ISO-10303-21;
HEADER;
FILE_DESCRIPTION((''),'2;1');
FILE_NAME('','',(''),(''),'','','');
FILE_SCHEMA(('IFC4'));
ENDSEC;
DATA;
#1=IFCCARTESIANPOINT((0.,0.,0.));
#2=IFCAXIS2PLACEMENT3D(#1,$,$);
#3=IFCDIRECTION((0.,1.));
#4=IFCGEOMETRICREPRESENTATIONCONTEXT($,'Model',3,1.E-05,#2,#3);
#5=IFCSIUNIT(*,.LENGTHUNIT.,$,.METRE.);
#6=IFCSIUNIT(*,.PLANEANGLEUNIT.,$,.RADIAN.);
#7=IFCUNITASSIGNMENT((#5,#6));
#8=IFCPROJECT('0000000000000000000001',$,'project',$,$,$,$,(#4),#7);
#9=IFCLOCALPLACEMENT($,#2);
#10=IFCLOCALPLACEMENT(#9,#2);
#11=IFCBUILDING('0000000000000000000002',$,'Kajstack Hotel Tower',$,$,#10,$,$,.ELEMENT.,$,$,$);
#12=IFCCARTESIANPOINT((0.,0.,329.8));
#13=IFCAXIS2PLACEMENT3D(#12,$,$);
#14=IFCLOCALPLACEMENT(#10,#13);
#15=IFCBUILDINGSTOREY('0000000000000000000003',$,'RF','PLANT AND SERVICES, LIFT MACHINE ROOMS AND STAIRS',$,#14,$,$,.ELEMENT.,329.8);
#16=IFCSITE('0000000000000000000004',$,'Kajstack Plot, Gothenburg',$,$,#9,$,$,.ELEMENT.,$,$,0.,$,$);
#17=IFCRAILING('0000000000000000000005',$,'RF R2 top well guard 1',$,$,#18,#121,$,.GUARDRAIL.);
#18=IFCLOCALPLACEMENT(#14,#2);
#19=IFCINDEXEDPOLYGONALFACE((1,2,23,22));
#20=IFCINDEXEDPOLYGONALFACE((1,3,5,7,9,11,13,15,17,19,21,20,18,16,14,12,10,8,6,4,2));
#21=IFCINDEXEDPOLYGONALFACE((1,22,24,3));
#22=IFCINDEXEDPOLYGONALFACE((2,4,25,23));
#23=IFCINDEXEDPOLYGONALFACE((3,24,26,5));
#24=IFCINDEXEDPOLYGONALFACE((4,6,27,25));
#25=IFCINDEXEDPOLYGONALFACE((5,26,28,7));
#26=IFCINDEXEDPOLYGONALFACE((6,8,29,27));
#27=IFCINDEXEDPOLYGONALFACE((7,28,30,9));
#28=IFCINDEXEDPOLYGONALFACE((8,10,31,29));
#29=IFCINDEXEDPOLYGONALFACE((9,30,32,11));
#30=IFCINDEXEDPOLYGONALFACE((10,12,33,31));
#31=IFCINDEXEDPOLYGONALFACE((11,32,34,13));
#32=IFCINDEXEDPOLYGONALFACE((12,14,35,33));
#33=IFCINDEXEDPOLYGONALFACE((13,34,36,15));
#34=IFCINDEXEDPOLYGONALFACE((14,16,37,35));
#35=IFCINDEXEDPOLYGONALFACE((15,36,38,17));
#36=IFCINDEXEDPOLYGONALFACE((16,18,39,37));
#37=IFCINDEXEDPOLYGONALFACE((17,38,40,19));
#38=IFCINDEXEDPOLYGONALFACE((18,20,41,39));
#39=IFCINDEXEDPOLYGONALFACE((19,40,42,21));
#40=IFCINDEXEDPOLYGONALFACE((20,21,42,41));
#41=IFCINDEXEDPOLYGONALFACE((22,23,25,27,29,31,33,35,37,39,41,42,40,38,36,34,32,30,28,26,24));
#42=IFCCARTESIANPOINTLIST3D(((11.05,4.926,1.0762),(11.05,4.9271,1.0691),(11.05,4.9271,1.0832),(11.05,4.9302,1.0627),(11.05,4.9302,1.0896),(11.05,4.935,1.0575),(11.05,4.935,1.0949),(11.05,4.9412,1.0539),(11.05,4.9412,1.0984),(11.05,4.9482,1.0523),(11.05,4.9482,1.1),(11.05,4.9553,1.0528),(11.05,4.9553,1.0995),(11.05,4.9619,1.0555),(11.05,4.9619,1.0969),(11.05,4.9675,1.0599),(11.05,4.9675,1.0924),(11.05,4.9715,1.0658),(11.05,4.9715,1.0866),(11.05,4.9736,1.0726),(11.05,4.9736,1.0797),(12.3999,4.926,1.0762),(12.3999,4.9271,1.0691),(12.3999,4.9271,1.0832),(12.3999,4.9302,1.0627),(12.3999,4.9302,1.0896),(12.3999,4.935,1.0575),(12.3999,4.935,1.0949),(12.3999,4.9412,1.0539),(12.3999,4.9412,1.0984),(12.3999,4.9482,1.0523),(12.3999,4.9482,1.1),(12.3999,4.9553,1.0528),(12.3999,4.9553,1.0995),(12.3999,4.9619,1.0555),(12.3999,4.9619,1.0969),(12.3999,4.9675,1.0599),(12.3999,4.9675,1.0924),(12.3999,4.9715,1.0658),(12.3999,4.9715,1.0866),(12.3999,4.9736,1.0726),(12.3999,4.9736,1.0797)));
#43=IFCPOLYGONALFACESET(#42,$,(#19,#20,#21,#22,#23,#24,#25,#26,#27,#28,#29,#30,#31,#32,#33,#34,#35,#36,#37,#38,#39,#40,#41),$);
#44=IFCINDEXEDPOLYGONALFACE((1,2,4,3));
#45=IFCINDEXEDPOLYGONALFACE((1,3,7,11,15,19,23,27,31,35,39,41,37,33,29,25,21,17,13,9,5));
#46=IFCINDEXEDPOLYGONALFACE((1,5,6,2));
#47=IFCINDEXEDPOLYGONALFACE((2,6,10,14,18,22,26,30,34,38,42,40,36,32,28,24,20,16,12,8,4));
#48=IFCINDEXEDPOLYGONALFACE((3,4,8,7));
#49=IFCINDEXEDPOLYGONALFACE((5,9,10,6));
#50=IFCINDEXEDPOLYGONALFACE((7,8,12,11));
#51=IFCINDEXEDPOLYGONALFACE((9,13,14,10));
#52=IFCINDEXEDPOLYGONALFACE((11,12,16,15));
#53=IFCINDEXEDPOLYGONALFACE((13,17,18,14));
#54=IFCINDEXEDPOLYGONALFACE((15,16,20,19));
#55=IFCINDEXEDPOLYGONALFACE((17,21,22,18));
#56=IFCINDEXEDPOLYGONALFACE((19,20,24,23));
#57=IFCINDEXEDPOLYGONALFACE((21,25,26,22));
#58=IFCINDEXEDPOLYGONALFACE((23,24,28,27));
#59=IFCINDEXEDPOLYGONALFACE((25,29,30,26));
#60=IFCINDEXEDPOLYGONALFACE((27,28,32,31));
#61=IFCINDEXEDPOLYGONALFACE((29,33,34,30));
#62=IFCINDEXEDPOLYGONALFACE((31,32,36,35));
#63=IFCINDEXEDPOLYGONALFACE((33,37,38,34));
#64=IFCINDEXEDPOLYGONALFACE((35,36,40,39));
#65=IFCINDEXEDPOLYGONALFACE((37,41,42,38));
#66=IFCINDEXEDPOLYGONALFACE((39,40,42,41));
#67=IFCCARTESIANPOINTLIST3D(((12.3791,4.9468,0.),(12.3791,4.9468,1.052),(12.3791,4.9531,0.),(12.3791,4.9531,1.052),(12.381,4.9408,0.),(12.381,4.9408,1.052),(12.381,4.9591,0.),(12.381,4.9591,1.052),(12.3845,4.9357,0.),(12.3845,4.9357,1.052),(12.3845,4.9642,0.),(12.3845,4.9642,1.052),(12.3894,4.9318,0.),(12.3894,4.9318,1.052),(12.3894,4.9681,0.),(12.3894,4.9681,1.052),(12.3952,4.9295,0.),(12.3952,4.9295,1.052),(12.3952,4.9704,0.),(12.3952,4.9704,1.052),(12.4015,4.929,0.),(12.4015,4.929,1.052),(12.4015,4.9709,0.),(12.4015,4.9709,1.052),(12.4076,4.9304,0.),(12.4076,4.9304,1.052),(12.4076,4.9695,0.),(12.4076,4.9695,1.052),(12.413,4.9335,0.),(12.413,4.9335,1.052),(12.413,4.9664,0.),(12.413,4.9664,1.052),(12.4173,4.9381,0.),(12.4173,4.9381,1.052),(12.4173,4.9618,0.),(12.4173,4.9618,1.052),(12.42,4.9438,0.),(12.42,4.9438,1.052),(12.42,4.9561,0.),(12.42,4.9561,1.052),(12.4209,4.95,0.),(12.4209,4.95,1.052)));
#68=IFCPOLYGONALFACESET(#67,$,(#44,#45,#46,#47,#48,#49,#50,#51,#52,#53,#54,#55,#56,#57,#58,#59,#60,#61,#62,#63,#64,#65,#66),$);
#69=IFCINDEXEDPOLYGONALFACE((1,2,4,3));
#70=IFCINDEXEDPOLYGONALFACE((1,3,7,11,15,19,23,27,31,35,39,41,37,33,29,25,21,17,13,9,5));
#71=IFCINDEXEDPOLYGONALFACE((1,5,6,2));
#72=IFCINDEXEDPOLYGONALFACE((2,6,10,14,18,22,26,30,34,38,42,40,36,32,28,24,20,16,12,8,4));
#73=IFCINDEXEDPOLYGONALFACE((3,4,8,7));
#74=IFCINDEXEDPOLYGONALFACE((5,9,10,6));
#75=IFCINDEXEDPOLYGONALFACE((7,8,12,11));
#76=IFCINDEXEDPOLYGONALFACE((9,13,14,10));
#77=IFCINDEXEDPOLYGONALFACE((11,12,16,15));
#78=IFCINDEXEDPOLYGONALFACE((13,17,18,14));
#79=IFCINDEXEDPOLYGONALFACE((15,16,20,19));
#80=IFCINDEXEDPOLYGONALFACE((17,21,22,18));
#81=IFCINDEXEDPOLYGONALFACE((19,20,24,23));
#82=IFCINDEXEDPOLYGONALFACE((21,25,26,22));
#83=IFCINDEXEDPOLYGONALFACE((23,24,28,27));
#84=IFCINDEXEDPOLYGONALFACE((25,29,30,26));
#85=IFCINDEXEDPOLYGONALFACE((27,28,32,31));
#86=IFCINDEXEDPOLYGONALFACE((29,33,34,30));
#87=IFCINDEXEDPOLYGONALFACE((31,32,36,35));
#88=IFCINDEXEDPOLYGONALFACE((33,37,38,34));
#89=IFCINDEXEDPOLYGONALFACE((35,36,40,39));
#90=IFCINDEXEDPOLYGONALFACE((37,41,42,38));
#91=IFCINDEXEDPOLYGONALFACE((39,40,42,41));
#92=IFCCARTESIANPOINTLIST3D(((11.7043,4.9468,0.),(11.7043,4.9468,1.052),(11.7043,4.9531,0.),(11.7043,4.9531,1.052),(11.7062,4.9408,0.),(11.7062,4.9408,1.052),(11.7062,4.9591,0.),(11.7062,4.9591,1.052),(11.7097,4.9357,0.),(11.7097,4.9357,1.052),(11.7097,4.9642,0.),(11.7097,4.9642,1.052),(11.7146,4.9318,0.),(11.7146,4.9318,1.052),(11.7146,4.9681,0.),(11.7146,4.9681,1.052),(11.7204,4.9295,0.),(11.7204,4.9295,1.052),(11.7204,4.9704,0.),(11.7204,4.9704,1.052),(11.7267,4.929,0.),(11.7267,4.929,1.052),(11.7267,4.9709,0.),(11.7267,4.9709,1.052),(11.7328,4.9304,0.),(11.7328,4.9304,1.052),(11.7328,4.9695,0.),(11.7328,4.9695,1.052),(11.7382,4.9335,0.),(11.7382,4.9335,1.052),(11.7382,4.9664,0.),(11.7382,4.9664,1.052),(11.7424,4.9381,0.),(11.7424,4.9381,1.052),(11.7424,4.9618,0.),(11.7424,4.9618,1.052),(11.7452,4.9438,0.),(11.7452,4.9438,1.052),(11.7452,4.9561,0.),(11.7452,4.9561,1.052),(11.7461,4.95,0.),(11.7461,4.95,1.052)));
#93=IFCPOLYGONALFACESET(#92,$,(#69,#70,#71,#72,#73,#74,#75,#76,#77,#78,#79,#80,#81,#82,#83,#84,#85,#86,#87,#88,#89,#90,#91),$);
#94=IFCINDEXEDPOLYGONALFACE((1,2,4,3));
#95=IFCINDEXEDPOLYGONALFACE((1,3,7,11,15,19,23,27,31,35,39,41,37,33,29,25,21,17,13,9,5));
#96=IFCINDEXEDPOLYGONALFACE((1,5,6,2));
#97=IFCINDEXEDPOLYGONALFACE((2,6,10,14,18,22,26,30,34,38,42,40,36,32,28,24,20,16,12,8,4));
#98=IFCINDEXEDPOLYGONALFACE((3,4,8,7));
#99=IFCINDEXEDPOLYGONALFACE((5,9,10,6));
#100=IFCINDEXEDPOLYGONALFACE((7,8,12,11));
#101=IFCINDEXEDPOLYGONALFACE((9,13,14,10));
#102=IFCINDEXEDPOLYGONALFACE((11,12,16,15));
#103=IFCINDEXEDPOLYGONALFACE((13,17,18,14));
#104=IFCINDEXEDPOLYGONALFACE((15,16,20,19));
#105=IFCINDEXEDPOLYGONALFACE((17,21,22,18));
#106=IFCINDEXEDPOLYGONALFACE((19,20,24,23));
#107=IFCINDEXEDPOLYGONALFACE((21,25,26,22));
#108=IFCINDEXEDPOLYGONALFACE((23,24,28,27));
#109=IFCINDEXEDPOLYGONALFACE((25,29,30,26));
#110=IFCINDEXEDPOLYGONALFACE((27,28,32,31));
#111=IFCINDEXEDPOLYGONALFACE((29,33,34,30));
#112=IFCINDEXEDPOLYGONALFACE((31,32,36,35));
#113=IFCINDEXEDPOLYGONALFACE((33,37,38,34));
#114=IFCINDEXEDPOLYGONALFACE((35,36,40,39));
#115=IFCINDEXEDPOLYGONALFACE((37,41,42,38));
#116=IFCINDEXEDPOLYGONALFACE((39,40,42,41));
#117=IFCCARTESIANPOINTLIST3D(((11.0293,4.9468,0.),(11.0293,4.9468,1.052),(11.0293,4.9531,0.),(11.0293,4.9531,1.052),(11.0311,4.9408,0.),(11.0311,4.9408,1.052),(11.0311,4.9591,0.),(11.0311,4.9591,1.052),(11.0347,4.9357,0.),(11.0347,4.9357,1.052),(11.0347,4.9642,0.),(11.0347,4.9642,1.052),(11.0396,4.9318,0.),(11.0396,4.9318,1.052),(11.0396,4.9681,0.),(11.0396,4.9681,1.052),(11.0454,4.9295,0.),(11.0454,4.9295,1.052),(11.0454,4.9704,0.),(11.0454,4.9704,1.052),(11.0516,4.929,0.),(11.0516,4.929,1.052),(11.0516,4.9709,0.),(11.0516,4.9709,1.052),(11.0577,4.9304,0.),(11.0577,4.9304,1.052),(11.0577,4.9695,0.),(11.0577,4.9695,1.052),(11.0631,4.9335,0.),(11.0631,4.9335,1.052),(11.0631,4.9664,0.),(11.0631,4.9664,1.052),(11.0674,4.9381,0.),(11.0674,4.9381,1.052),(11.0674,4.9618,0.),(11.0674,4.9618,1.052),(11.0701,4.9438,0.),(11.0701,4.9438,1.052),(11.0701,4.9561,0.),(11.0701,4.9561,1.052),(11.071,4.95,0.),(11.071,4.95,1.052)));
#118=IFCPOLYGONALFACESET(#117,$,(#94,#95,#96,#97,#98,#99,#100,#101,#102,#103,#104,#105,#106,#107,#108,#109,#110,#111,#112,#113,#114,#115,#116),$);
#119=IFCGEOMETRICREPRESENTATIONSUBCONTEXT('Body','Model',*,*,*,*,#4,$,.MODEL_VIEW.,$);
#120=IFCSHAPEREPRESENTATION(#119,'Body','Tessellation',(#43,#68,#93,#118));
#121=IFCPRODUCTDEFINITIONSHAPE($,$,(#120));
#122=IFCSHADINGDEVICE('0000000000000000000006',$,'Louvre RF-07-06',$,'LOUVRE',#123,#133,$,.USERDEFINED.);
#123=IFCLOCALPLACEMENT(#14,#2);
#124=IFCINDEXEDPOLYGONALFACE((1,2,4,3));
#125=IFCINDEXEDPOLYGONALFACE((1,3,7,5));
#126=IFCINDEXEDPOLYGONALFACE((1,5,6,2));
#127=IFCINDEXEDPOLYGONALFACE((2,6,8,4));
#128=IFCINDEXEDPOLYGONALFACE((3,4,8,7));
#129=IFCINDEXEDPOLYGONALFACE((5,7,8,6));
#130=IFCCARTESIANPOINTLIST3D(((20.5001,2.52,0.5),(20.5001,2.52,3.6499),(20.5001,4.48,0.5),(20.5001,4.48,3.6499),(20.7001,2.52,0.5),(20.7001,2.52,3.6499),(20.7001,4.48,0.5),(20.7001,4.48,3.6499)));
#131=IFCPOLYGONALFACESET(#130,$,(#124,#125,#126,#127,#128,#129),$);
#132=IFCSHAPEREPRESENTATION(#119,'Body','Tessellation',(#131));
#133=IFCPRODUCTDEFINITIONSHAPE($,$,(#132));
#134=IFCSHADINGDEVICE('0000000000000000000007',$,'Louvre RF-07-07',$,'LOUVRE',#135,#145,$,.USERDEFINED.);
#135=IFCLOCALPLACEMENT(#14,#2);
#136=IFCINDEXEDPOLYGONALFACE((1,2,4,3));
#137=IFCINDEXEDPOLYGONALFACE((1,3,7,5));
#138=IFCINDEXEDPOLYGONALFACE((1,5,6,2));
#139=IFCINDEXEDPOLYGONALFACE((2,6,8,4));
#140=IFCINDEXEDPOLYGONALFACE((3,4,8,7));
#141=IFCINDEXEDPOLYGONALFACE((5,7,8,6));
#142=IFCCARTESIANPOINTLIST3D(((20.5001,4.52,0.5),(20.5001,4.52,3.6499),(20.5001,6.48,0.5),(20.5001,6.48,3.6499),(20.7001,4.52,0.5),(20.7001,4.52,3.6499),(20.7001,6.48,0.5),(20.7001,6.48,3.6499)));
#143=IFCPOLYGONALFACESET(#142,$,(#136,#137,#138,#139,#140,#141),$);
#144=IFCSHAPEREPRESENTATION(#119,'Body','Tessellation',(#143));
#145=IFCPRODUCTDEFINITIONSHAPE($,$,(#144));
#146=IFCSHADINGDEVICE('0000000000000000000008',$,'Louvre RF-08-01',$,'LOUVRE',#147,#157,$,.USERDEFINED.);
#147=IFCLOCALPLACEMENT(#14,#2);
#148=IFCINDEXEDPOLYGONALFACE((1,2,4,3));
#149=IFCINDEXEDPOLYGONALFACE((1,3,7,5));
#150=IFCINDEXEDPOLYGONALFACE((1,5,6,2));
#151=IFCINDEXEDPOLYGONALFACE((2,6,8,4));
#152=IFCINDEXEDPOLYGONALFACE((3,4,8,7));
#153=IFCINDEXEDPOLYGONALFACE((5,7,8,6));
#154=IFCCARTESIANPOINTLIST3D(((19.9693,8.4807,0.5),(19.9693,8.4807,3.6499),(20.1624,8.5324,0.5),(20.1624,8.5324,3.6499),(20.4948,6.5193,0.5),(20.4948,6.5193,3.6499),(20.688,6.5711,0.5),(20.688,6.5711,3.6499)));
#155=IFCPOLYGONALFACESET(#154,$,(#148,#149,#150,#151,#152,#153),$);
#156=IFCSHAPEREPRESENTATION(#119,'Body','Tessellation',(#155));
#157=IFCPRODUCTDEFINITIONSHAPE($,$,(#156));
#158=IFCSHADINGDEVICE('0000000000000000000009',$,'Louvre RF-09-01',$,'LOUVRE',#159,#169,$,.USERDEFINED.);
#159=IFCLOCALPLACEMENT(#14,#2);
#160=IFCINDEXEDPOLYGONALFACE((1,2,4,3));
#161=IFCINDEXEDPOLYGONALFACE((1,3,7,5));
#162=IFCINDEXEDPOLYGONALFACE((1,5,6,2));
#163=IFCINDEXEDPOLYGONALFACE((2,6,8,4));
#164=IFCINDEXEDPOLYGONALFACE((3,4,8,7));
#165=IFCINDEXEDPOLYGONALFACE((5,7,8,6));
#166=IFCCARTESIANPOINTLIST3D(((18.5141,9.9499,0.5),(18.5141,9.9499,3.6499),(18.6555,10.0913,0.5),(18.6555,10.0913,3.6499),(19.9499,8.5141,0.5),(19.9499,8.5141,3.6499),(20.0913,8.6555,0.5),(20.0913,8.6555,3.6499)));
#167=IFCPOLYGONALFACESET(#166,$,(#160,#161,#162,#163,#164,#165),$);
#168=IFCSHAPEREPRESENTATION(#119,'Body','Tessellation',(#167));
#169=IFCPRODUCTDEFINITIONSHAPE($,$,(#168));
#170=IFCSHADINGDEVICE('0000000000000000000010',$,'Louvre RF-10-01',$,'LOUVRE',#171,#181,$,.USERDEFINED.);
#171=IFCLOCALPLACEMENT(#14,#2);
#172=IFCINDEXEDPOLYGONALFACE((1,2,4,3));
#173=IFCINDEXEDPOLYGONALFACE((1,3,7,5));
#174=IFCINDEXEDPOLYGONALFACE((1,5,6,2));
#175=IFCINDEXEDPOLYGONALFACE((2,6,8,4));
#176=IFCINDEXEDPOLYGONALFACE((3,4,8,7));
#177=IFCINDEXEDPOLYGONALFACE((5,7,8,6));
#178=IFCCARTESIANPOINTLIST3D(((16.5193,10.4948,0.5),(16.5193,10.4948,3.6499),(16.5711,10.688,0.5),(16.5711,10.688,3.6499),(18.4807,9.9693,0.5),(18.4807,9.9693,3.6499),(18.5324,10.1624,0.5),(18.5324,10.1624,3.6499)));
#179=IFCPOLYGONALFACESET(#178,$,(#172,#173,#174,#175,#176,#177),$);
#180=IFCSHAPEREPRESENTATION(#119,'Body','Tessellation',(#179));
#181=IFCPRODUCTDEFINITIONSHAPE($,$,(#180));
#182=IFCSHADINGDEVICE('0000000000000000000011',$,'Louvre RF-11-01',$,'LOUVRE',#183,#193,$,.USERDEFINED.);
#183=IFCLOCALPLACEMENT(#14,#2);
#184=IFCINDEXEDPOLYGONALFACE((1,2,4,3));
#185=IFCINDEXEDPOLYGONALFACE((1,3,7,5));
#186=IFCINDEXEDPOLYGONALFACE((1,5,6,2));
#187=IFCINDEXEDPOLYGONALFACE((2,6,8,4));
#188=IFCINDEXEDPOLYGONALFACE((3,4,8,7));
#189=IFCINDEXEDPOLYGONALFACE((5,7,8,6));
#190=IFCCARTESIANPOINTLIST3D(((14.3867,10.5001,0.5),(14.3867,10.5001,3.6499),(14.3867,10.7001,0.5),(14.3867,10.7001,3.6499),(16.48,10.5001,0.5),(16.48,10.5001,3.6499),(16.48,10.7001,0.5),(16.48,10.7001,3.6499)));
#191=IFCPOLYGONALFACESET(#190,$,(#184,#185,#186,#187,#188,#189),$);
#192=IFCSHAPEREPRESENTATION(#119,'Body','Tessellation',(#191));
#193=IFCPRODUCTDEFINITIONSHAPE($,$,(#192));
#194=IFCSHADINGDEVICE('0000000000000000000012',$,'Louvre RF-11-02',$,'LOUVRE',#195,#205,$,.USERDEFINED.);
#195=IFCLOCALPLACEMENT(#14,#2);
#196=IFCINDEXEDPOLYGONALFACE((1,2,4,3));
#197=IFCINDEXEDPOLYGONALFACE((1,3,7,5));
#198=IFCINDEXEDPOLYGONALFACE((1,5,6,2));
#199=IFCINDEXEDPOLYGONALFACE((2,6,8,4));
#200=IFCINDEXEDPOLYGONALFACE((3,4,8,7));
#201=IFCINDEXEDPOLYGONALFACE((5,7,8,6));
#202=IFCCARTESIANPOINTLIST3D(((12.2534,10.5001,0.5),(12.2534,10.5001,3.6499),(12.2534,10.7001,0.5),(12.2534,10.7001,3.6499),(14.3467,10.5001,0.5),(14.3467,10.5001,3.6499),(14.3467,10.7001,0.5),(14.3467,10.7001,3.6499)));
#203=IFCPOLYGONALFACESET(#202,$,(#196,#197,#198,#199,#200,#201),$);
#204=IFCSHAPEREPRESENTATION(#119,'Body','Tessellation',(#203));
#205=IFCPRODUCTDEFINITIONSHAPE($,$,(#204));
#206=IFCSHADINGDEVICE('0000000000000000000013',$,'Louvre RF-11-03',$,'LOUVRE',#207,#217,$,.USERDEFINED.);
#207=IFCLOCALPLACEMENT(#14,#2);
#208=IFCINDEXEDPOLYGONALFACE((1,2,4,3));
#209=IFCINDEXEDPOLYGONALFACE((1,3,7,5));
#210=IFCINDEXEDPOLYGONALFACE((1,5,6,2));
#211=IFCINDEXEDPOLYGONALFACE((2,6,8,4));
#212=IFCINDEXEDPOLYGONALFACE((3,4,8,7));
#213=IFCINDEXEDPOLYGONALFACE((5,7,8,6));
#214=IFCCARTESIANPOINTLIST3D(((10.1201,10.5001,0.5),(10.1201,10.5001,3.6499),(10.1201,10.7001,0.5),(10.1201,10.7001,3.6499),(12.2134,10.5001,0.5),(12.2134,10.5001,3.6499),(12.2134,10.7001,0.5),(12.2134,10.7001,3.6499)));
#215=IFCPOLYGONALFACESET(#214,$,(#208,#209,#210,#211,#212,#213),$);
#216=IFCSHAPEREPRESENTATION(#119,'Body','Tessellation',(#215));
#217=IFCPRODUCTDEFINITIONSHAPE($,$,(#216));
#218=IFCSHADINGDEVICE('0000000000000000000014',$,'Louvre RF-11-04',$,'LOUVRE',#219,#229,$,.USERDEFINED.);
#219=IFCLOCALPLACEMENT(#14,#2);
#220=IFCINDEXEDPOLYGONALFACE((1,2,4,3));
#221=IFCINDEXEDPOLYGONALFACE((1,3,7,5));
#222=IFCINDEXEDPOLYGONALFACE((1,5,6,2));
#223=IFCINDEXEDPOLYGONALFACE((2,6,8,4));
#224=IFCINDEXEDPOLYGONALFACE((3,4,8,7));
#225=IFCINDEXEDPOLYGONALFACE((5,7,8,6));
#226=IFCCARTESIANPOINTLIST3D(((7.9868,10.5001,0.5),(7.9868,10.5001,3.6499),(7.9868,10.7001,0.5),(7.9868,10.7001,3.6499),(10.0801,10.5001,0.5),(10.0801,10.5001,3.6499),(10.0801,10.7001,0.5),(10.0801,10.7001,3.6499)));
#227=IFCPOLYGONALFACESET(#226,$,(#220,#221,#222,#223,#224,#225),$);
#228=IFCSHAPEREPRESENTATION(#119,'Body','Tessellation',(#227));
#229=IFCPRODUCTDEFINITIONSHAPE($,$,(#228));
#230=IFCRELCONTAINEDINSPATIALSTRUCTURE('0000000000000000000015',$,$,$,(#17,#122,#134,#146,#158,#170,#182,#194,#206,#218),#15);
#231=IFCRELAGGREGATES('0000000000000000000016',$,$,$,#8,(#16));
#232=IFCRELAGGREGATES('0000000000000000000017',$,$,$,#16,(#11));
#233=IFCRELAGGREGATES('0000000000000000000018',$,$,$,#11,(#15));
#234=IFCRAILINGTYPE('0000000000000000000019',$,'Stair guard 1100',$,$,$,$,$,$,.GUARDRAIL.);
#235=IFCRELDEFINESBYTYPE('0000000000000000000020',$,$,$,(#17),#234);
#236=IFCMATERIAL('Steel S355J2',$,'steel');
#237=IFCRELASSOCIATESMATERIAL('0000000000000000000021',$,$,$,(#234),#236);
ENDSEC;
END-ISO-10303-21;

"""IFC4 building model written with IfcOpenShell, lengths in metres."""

from ifc_helpers import new_model, si_unit, direction, frame, origin, origin_2d, place, context, subcontext, project, spatial, rectangle, circle, extrude, material, type_object, element, save


model = new_model("IFC4")

# Units and contexts
model_context = context("Model", 3, precision=1e-05, world=origin(), true_north=direction((0.0, 1.0)))
body_context = subcontext(model_context, "Body", "Model", "MODEL_VIEW")
ifc_project = project(units=[si_unit("LENGTHUNIT", "METRE"), si_unit("PLANEANGLEUNIT", "RADIAN")], contexts=[model_context])

# Site, building, storey
site_placement = place(None, origin())
site = spatial("IfcSite", under=ifc_project, at=site_placement, Name="Kajstack Plot, Gothenburg", CompositionType="ELEMENT", RefElevation=0.0)
building_placement = place(site_placement, origin())
building = spatial("IfcBuilding", under=site, at=building_placement, Name="Kajstack Hotel Tower", CompositionType="ELEMENT")
storey_placement = place(building_placement, frame((0.0, 0.0, 329.8)))
storey = spatial("IfcBuildingStorey", under=building, at=storey_placement, Name="RF", Description="PLANT AND SERVICES, LIFT MACHINE ROOMS AND STAIRS", CompositionType="ELEMENT", Elevation=329.8)

# Shared definitions
ifc_material_1 = material(Name="Steel S355J2", Category="steel")

# Railing
railing_type = type_object("IfcRailingType", Name="Stair guard 1100", PredefinedType="GUARDRAIL", material=ifc_material_1)
railing_placement = place(storey_placement, frame((12.3999, 4.95, 0.0)))
element("IfcRailing", 1, at=railing_placement, inside=storey, type_object=railing_type, Name="RF R2 top well guard 1", PredefinedType="GUARDRAIL", context=body_context, shape_type="SweptSolid", body=[
    extrude(circle(Radius=0.0239, at=origin_2d()), frame((0.0, 0.0, 1.0762), z_axis=(-1.0, 0.0, 0.0), x_axis=(0.0, -1.0, 0.0)), (0.0, 0.0, 1.0), 1.3499),
    extrude(circle(Radius=0.021, at=origin_2d()), origin(), (0.0, 0.0, 1.0), 1.052),
    extrude(circle(Radius=0.021, at=origin_2d()), frame((-0.6748, 0.0, 0.0)), (0.0, 0.0, 1.0), 1.052),
    extrude(circle(Radius=0.021, at=origin_2d()), frame((-1.3499, 0.0, 0.0)), (0.0, 0.0, 1.0), 1.052),
])

# Shading devices
for number, where, z_axis, x_axis, name in (
    (2, (20.6001, 3.5, 0.5), (0.0, 0.0, 1.0), (0.0, 1.0, 0.0), "Louvre RF-07-06"),
    (3, (20.6001, 5.5, 0.5), (0.0, 0.0, 1.0), (0.0, 1.0, 0.0), "Louvre RF-07-07"),
):
    element("IfcShadingDevice", number, at=place(storey_placement, frame(where, z_axis=z_axis, x_axis=x_axis)), inside=storey, Name=name, ObjectType="LOUVRE", PredefinedType="USERDEFINED", context=body_context, shape_type="SweptSolid", body=[
        extrude(rectangle(XDim=1.96, YDim=0.2, at=origin_2d()), origin(), (0.0, 0.0, 1.0), 3.1499),
    ])
for number, where, z_axis, x_axis, name in (
    (4, (20.3286, 7.5259, 0.5), (0.0, 0.0, 1.0), (-0.25882, 0.965926, 0.0), "Louvre RF-08-01"),
    (5, (19.3027, 9.3027, 0.5), (0.0, 0.0, 1.0), (-0.707107, 0.707107, 0.0), "Louvre RF-09-01"),
    (6, (17.5259, 10.3286, 0.5), (0.0, 0.0, 1.0), (-0.965926, 0.25882, 0.0), "Louvre RF-10-01"),
):
    element("IfcShadingDevice", number, at=place(storey_placement, frame(where, z_axis=z_axis, x_axis=x_axis)), inside=storey, Name=name, ObjectType="LOUVRE", PredefinedType="USERDEFINED", context=body_context, shape_type="SweptSolid", body=[
        extrude(rectangle(XDim=2.0305, YDim=0.2, at=origin_2d()), origin(), (0.0, 0.0, 1.0), 3.1499),
    ])
for number, where, z_axis, x_axis, name in (
    (7, (15.4333, 10.6001, 0.5), (0.0, 0.0, 1.0), (-1.0, 0.0, 0.0), "Louvre RF-11-01"),
    (8, (13.3, 10.6001, 0.5), (0.0, 0.0, 1.0), (-1.0, 0.0, 0.0), "Louvre RF-11-02"),
    (9, (11.1667, 10.6001, 0.5), (0.0, 0.0, 1.0), (-1.0, 0.0, 0.0), "Louvre RF-11-03"),
    (10, (9.0334, 10.6001, 0.5), (0.0, 0.0, 1.0), (-1.0, 0.0, 0.0), "Louvre RF-11-04"),
):
    element("IfcShadingDevice", number, at=place(storey_placement, frame(where, z_axis=z_axis, x_axis=x_axis)), inside=storey, Name=name, ObjectType="LOUVRE", PredefinedType="USERDEFINED", context=body_context, shape_type="SweptSolid", body=[
        extrude(rectangle(XDim=2.0933, YDim=0.2, at=origin_2d()), origin(), (0.0, 0.0, 1.0), 3.1499),
    ])

save(model, "model.ifc")
